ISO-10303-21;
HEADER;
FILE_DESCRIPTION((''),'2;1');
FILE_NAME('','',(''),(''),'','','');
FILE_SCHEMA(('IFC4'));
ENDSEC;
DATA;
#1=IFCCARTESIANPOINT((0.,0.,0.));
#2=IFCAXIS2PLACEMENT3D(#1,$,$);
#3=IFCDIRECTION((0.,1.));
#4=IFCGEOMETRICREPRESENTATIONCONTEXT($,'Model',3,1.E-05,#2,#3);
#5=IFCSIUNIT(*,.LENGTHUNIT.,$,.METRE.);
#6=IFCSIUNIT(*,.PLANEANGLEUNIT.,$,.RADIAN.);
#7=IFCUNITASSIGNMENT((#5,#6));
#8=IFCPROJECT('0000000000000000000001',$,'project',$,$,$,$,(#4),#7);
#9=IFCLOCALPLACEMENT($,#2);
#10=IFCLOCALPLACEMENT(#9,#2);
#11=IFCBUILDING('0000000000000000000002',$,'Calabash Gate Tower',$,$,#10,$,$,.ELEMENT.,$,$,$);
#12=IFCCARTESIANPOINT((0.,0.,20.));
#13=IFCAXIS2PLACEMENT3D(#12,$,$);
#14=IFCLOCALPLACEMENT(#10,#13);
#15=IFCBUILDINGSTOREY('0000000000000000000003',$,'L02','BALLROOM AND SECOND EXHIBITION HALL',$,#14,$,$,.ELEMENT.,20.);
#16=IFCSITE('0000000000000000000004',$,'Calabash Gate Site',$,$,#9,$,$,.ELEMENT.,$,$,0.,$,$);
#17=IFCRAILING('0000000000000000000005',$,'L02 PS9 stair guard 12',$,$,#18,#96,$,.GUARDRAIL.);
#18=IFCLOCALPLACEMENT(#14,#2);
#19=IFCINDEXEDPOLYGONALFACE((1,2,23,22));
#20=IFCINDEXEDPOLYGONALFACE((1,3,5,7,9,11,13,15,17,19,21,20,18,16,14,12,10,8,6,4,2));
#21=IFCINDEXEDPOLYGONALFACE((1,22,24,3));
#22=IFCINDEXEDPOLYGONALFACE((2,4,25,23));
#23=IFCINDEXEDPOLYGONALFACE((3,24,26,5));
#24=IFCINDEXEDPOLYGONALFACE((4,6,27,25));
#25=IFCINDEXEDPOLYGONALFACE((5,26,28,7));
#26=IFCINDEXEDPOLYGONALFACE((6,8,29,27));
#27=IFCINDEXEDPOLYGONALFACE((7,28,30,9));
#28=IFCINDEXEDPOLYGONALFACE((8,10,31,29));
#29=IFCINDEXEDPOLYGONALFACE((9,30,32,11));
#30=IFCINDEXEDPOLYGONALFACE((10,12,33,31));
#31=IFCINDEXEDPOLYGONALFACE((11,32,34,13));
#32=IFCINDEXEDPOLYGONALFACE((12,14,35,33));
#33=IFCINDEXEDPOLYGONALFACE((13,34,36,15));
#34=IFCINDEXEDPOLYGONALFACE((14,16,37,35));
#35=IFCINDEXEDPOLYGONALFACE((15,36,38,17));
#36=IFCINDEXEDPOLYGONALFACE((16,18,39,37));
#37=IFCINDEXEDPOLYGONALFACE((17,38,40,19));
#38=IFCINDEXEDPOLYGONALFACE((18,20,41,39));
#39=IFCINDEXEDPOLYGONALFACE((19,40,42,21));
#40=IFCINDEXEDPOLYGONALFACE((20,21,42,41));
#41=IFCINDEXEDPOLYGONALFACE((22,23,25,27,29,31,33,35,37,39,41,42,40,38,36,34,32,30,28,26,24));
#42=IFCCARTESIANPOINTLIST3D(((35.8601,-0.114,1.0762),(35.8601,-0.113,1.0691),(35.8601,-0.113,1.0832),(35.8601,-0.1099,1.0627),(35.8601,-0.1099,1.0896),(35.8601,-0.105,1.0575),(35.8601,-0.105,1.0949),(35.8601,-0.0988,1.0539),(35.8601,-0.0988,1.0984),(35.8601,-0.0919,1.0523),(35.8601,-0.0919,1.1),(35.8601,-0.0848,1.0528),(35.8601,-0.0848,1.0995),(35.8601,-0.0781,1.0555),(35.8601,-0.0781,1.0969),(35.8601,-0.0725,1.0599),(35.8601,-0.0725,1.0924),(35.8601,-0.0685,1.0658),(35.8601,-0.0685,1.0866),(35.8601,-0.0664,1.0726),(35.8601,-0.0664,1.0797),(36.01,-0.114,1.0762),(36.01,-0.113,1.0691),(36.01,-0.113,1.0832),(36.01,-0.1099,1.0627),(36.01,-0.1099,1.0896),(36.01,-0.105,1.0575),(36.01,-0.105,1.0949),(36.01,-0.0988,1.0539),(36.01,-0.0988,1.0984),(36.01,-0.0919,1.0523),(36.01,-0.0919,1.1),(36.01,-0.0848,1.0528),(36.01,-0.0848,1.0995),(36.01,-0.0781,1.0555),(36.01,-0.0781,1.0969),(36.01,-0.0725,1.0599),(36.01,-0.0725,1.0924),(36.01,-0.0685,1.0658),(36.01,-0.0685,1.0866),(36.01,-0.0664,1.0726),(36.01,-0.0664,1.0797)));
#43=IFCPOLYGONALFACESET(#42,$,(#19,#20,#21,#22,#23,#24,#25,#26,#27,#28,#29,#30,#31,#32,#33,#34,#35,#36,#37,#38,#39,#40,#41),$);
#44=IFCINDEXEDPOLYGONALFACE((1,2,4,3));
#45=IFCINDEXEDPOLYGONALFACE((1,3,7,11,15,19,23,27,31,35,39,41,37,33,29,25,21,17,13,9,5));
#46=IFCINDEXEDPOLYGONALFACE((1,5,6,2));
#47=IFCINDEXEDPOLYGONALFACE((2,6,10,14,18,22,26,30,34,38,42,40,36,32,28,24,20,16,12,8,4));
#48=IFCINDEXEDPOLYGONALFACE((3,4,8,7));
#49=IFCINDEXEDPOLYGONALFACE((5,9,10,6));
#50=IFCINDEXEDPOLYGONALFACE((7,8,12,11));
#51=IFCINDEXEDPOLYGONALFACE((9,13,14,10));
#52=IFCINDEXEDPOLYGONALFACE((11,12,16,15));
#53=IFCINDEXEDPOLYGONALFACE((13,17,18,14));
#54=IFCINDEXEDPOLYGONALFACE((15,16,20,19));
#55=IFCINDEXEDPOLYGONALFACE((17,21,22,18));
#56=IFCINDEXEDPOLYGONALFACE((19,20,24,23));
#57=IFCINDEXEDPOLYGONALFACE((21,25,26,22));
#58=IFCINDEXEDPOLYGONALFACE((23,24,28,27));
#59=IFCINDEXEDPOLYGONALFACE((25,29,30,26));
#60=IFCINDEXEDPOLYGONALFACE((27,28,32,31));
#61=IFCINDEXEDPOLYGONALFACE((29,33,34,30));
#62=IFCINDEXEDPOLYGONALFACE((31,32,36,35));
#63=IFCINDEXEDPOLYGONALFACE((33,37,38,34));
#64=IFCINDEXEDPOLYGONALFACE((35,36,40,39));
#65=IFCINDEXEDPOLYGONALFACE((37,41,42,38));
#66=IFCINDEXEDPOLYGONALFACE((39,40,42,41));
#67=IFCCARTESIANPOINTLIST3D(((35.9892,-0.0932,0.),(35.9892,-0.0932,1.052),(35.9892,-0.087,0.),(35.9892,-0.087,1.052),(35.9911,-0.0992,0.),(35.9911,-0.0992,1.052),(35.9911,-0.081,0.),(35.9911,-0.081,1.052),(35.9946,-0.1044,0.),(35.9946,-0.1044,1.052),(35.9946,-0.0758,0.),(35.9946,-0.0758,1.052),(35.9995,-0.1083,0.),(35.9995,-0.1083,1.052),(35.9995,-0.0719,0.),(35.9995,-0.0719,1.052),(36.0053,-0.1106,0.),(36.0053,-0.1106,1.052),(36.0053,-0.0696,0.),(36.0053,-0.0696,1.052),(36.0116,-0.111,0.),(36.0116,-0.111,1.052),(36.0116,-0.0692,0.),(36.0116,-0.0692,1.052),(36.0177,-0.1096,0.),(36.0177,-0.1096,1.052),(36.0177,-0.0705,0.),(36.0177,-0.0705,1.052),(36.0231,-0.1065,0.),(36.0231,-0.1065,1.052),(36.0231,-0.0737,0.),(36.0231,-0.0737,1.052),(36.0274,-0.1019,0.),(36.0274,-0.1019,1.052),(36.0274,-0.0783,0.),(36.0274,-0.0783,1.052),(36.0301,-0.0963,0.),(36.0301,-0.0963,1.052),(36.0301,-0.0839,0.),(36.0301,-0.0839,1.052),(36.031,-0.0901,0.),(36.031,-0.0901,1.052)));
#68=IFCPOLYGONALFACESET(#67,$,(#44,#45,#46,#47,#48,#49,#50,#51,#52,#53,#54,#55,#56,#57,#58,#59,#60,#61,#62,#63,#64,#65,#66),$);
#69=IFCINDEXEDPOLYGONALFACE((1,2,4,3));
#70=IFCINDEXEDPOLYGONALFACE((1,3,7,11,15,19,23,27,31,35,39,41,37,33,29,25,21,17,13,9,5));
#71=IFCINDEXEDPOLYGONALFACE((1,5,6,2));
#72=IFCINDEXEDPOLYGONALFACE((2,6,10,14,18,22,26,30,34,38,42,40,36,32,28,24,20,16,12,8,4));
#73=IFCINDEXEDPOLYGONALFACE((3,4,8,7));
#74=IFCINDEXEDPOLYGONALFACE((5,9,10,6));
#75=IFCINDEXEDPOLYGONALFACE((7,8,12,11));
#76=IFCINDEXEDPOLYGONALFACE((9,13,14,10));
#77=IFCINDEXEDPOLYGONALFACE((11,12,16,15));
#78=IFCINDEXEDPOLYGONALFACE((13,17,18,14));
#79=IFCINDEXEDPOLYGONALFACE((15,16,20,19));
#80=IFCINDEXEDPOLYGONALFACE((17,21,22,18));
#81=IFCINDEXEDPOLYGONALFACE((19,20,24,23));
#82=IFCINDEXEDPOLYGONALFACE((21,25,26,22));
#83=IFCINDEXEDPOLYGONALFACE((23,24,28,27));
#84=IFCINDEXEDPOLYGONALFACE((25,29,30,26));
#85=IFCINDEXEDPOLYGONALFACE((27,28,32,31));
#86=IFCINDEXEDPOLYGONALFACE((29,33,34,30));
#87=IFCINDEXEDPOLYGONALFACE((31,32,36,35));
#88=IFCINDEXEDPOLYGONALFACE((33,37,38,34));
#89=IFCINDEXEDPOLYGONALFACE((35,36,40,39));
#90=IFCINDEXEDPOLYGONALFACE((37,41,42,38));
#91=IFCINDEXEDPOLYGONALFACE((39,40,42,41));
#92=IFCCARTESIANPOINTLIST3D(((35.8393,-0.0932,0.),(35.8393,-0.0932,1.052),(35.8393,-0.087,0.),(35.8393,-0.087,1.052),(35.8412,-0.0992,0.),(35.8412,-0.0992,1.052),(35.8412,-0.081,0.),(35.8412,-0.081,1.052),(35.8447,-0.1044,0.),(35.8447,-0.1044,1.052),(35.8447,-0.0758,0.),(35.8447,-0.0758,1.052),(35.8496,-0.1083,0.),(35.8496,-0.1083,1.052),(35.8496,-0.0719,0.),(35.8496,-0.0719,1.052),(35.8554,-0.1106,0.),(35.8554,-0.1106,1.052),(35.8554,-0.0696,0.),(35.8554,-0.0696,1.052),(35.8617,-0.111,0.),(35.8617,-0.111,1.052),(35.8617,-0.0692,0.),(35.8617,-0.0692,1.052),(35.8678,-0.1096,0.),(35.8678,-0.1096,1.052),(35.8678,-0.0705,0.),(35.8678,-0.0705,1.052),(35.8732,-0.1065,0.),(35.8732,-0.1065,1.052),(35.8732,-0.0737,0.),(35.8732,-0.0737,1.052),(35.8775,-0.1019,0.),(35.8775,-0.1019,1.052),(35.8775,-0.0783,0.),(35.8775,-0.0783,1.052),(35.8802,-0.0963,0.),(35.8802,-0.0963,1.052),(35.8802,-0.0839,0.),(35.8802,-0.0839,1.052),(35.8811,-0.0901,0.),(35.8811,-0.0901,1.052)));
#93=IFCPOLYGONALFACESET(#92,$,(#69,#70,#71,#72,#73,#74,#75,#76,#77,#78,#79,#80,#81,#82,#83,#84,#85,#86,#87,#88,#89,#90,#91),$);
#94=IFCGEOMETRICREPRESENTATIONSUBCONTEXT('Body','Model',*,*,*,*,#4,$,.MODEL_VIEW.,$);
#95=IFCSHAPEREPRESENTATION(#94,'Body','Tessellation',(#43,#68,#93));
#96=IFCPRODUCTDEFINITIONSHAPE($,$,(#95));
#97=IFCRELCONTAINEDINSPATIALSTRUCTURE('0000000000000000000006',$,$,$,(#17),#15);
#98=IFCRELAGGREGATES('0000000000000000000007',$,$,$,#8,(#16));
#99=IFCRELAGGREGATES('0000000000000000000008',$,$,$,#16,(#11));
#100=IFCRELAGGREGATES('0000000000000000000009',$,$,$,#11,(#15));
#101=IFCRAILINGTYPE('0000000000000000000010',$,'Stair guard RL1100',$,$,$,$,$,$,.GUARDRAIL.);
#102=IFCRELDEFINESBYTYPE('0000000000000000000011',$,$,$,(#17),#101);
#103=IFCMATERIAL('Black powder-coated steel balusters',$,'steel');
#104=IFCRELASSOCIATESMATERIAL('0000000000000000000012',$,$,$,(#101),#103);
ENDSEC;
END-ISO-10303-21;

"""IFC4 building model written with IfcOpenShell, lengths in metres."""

from ifc_helpers import new_model, si_unit, direction, frame, origin, origin_2d, place, context, subcontext, project, spatial, circle, extrude, material, type_object, element, save


model = new_model("IFC4")

# Units and contexts
model_context = context("Model", 3, precision=1e-05, world=origin(), true_north=direction((0.0, 1.0)))
body_context = subcontext(model_context, "Body", "Model", "MODEL_VIEW")
ifc_project = project(units=[si_unit("LENGTHUNIT", "METRE"), si_unit("PLANEANGLEUNIT", "RADIAN")], contexts=[model_context])

# Site, building, storey
site_placement = place(None, origin())
site = spatial("IfcSite", under=ifc_project, at=site_placement, Name="Calabash Gate Site", CompositionType="ELEMENT", RefElevation=0.0)
building_placement = place(site_placement, origin())
building = spatial("IfcBuilding", under=site, at=building_placement, Name="Calabash Gate Tower", CompositionType="ELEMENT")
storey_placement = place(building_placement, frame((0.0, 0.0, 20.0)))
storey = spatial("IfcBuildingStorey", under=building, at=storey_placement, Name="L02", Description="BALLROOM AND SECOND EXHIBITION HALL", CompositionType="ELEMENT", Elevation=20.0)

# Railing
ifc_material_1 = material(Name="Black powder-coated steel balusters", Category="steel")
railing_type_1 = type_object("IfcRailingType", Name="Stair guard RL1100", PredefinedType="GUARDRAIL", material=ifc_material_1)
railing_1_placement = place(storey_placement, frame((36.01, -0.0901, 0.0)))
element("IfcRailing", 1, at=railing_1_placement, inside=storey, type_object=railing_type_1, Name="L02 PS9 stair guard 12", PredefinedType="GUARDRAIL", context=body_context, shape_type="SweptSolid", body=[
    extrude(circle(Radius=0.0239, at=origin_2d()), frame((0.0, 0.0, 1.0762), z_axis=(-1.0, 0.0, 0.0), x_axis=(0.0, -1.0, 0.0)), (0.0, 0.0, 1.0), 0.1499),
    extrude(circle(Radius=0.021, at=origin_2d()), origin(), (0.0, 0.0, 1.0), 1.052),
    extrude(circle(Radius=0.021, at=origin_2d()), frame((-0.1499, 0.0, 0.0)), (0.0, 0.0, 1.0), 1.052),
])

save(model, "model.ifc")
